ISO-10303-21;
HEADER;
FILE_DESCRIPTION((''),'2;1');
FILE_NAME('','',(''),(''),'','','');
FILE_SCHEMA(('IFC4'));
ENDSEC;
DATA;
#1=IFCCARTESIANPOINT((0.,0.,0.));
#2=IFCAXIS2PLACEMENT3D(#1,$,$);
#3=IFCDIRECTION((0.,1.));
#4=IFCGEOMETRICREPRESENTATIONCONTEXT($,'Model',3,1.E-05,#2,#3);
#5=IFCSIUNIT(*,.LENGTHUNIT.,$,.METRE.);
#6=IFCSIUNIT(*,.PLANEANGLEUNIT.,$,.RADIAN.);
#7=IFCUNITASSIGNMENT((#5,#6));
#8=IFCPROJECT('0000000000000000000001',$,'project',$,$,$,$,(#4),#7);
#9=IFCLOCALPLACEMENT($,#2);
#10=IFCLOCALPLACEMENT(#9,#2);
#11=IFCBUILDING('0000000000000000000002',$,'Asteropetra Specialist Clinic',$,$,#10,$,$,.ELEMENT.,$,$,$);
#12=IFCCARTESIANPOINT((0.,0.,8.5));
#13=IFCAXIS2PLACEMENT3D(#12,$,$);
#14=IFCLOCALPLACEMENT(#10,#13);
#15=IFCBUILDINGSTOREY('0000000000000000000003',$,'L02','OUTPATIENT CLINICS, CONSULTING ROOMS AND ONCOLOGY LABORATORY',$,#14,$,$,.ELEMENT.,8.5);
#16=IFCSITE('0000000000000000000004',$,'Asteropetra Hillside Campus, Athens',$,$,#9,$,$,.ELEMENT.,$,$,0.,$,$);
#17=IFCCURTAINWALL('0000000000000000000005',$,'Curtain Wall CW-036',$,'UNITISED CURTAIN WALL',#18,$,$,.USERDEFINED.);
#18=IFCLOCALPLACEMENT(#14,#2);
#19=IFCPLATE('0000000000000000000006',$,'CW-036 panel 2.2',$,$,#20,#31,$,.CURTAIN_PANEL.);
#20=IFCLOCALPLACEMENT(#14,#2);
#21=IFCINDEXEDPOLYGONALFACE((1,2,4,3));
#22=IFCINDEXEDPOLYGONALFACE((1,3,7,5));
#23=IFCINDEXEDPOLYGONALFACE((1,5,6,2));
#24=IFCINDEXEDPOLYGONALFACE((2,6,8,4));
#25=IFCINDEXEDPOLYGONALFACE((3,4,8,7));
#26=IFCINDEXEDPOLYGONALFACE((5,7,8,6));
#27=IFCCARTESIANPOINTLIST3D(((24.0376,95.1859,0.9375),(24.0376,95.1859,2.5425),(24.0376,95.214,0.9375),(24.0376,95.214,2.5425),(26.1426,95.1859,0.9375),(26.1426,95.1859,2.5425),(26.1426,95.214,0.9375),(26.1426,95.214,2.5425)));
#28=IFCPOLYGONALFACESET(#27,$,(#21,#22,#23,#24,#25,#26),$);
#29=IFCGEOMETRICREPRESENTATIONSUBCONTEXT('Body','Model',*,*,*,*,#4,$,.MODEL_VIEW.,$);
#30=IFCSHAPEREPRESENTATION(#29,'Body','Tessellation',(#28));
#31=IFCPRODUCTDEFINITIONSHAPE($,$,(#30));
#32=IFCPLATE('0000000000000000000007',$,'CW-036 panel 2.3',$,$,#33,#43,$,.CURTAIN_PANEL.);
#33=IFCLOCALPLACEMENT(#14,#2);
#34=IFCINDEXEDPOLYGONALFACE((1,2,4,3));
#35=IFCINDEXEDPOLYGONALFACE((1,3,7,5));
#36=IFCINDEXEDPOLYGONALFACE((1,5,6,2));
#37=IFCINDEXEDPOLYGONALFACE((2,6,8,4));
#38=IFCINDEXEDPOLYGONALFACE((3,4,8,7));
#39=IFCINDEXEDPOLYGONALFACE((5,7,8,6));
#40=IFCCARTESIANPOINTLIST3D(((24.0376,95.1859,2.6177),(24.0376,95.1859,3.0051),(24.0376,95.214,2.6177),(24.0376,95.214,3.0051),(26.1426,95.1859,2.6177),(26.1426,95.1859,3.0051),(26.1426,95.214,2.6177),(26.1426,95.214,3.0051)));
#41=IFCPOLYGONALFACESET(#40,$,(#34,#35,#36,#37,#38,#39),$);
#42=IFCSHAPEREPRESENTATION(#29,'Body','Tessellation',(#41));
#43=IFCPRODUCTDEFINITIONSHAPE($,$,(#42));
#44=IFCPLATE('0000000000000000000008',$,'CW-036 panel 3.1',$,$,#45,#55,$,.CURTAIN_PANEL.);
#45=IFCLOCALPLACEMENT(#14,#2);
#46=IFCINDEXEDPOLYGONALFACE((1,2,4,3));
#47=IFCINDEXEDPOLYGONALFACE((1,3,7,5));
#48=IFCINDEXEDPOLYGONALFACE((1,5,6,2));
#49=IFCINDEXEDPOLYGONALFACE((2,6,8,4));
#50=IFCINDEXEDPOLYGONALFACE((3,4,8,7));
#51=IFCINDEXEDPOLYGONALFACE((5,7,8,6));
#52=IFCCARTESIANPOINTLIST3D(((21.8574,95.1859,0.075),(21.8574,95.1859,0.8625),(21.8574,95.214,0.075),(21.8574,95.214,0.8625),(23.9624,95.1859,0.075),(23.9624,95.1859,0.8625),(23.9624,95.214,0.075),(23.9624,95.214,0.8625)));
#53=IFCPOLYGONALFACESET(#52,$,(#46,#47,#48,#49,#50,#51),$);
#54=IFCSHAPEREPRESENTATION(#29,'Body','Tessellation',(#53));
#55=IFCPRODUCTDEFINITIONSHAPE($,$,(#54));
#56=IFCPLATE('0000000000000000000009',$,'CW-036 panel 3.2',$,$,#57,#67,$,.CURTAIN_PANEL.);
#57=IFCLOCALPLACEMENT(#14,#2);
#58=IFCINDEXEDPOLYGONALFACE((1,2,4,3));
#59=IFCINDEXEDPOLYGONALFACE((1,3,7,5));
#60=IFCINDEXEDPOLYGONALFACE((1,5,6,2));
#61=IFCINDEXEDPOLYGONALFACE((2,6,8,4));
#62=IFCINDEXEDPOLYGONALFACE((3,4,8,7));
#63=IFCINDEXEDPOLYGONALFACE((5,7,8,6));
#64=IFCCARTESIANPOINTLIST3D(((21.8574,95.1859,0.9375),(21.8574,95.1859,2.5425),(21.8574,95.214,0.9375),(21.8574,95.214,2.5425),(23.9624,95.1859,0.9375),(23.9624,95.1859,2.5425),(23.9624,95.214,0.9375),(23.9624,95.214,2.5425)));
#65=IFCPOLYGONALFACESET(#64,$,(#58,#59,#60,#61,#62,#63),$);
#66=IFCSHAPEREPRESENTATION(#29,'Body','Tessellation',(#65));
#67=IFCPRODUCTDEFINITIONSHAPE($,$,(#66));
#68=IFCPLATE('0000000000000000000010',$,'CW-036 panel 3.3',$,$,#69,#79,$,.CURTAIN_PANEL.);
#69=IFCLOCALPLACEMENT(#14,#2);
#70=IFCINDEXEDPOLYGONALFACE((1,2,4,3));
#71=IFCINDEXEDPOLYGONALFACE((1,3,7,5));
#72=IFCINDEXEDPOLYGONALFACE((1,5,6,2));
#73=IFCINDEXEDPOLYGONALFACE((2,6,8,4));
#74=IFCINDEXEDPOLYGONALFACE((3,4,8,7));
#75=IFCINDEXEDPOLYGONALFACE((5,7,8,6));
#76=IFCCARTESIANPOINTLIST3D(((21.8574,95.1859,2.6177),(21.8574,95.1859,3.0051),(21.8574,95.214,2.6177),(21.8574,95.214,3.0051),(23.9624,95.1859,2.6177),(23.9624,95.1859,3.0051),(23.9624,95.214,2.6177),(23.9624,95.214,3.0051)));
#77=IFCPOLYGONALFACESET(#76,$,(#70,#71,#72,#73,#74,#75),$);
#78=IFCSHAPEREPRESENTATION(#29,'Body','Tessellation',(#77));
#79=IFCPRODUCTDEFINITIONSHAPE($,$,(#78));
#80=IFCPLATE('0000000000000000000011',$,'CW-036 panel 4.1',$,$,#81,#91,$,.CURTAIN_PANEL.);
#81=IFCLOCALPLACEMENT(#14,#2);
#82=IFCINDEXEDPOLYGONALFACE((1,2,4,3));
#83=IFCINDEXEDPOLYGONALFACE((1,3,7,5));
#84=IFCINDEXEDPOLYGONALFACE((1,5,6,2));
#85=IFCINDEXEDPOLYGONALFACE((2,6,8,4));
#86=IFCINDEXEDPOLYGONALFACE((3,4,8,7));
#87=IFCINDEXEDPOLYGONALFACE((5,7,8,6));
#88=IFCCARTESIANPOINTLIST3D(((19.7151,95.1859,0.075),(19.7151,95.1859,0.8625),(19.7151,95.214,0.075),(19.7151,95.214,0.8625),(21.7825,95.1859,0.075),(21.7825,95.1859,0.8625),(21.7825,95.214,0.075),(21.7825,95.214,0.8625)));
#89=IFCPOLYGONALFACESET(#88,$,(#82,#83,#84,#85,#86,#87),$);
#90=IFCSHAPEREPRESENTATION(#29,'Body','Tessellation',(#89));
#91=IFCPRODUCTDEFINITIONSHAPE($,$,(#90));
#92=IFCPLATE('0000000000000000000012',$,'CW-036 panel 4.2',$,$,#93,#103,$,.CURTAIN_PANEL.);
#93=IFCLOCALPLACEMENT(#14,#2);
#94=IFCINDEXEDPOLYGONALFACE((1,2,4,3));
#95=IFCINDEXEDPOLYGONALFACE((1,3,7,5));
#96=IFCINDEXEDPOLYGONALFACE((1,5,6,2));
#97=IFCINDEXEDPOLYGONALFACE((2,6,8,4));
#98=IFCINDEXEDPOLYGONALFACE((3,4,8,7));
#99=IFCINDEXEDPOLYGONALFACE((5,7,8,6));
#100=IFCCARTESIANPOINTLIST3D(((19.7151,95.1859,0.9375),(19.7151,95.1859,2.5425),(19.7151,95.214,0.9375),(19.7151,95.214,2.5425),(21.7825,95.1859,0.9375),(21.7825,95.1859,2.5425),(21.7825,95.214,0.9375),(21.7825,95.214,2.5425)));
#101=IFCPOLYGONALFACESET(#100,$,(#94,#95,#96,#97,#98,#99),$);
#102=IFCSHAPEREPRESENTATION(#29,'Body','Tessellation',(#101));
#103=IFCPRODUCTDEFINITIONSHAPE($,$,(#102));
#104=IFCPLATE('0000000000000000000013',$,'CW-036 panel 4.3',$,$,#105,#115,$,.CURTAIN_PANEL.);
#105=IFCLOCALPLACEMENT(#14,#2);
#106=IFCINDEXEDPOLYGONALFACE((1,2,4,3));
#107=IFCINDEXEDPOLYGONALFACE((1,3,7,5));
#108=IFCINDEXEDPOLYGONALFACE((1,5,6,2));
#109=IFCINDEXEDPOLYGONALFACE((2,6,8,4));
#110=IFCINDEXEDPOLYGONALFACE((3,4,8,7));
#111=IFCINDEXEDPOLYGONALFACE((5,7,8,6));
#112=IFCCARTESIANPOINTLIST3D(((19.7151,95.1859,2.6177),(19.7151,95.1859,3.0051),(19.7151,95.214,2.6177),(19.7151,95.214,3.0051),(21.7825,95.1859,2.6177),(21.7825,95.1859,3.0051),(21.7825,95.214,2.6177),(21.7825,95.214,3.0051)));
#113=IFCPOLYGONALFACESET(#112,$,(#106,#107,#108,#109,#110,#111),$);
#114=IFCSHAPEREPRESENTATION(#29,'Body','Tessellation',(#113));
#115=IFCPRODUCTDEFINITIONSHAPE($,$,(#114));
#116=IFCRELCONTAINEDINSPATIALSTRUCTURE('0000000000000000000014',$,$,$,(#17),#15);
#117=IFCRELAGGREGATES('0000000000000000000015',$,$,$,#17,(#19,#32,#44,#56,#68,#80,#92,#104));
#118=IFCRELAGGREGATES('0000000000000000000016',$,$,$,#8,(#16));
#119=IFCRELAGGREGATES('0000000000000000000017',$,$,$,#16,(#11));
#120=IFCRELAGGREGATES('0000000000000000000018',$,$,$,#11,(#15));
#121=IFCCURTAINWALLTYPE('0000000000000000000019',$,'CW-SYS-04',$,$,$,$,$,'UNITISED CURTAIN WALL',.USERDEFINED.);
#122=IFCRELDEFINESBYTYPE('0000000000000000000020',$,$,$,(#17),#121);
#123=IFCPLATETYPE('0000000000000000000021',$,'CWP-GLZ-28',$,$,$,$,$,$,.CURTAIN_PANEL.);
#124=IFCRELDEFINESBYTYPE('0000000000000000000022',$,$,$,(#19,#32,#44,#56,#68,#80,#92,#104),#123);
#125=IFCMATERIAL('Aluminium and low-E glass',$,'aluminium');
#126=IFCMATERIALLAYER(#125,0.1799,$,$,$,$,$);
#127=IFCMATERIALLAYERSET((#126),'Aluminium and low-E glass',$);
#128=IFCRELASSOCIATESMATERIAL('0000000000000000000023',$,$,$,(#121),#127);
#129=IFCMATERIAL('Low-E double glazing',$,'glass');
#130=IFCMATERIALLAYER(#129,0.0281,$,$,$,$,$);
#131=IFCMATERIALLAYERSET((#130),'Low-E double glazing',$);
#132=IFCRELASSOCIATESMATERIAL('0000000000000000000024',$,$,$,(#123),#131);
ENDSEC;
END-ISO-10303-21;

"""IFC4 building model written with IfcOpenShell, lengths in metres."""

from ifc_helpers import new_model, si_unit, direction, frame, origin, origin_2d, place, context, subcontext, project, spatial, rectangle, extrude, material, layer, layer_set, type_object, element, aggregate, save


model = new_model("IFC4")

# Units and contexts
model_context = context("Model", 3, precision=1e-05, world=origin(), true_north=direction((0.0, 1.0)))
body_context = subcontext(model_context, "Body", "Model", "MODEL_VIEW")
ifc_project = project(units=[si_unit("LENGTHUNIT", "METRE"), si_unit("PLANEANGLEUNIT", "RADIAN")], contexts=[model_context])

# Site, building, storey
site_placement = place(None, origin())
site = spatial("IfcSite", under=ifc_project, at=site_placement, Name="Asteropetra Hillside Campus, Athens", CompositionType="ELEMENT", RefElevation=0.0)
building_placement = place(site_placement, origin())
building = spatial("IfcBuilding", under=site, at=building_placement, Name="Asteropetra Specialist Clinic", CompositionType="ELEMENT")
storey_placement = place(building_placement, frame((0.0, 0.0, 8.5)))
storey = spatial("IfcBuildingStorey", under=building, at=storey_placement, Name="L02", Description="OUTPATIENT CLINICS, CONSULTING ROOMS AND ONCOLOGY LABORATORY", CompositionType="ELEMENT", Elevation=8.5)

# Curtain wall, plates
ifc_material_1 = material(Name="Aluminium and low-E glass", Category="aluminium")
ifc_layer_1 = layer(ifc_material_1, 0.1799)
ifc_layer_set_1 = layer_set([ifc_layer_1], Name="Aluminium and low-E glass")
curtain_wall_type = type_object("IfcCurtainWallType", Name="CW-SYS-04", ElementType="UNITISED CURTAIN WALL", PredefinedType="USERDEFINED", material=ifc_layer_set_1)
curtain_wall_placement = place(storey_placement, origin())
curtain_wall = element("IfcCurtainWall", 1, at=curtain_wall_placement, inside=storey, type_object=curtain_wall_type, Name="Curtain Wall CW-036", ObjectType="UNITISED CURTAIN WALL", PredefinedType="USERDEFINED")
ifc_material_2 = material(Name="Low-E double glazing", Category="glass")
ifc_layer_2 = layer(ifc_material_2, 0.0281)
ifc_layer_set_2 = layer_set([ifc_layer_2], Name="Low-E double glazing")
plate_type = type_object("IfcPlateType", Name="CWP-GLZ-28", PredefinedType="CURTAIN_PANEL", material=ifc_layer_set_2)
plate_1_placement = place(storey_placement, frame((25.0901, 95.2, 0.9375), z_axis=(0.0, 0.0, 1.0), x_axis=(-1.0, 0.0, 0.0)))
plate_1 = element("IfcPlate", 2, at=plate_1_placement, type_object=plate_type, Name="CW-036 panel 2.2", PredefinedType="CURTAIN_PANEL", context=body_context, shape_type="SweptSolid", body=[
    extrude(rectangle(XDim=2.105, YDim=0.0281, at=origin_2d()), origin(), (0.0, 0.0, 1.0), 1.605),
])
plate_2_placement = place(storey_placement, frame((25.0901, 95.2, 2.6177), z_axis=(0.0, 0.0, 1.0), x_axis=(-1.0, 0.0, 0.0)))
plate_2 = element("IfcPlate", 3, at=plate_2_placement, type_object=plate_type, Name="CW-036 panel 2.3", PredefinedType="CURTAIN_PANEL", context=body_context, shape_type="SweptSolid", body=[
    extrude(rectangle(XDim=2.105, YDim=0.0281, at=origin_2d()), origin(), (0.0, 0.0, 1.0), 0.3875),
])
plate_3_placement = place(storey_placement, frame((22.9099, 95.2, 0.075), z_axis=(0.0, 0.0, 1.0), x_axis=(-1.0, 0.0, 0.0)))
plate_3 = element("IfcPlate", 4, at=plate_3_placement, type_object=plate_type, Name="CW-036 panel 3.1", PredefinedType="CURTAIN_PANEL", context=body_context, shape_type="SweptSolid", body=[
    extrude(rectangle(XDim=2.105, YDim=0.0281, at=origin_2d()), origin(), (0.0, 0.0, 1.0), 0.7876),
])
plate_4_placement = place(storey_placement, frame((22.9099, 95.2, 0.9375), z_axis=(0.0, 0.0, 1.0), x_axis=(-1.0, 0.0, 0.0)))
plate_4 = element("IfcPlate", 5, at=plate_4_placement, type_object=plate_type, Name="CW-036 panel 3.2", PredefinedType="CURTAIN_PANEL", context=body_context, shape_type="SweptSolid", body=[
    extrude(rectangle(XDim=2.105, YDim=0.0281, at=origin_2d()), origin(), (0.0, 0.0, 1.0), 1.605),
])
plate_5_placement = place(storey_placement, frame((22.9099, 95.2, 2.6177), z_axis=(0.0, 0.0, 1.0), x_axis=(-1.0, 0.0, 0.0)))
plate_5 = element("IfcPlate", 6, at=plate_5_placement, type_object=plate_type, Name="CW-036 panel 3.3", PredefinedType="CURTAIN_PANEL", context=body_context, shape_type="SweptSolid", body=[
    extrude(rectangle(XDim=2.105, YDim=0.0281, at=origin_2d()), origin(), (0.0, 0.0, 1.0), 0.3875),
])
plate_6_placement = place(storey_placement, frame((20.7488, 95.2, 0.075), z_axis=(0.0, 0.0, 1.0), x_axis=(-1.0, 0.0, 0.0)))
plate_6 = element("IfcPlate", 7, at=plate_6_placement, type_object=plate_type, Name="CW-036 panel 4.1", PredefinedType="CURTAIN_PANEL", context=body_context, shape_type="SweptSolid", body=[
    extrude(rectangle(XDim=2.0674, YDim=0.0281, at=origin_2d()), origin(), (0.0, 0.0, 1.0), 0.7876),
])
plate_7_placement = place(storey_placement, frame((20.7488, 95.2, 0.9375), z_axis=(0.0, 0.0, 1.0), x_axis=(-1.0, 0.0, 0.0)))
plate_7 = element("IfcPlate", 8, at=plate_7_placement, type_object=plate_type, Name="CW-036 panel 4.2", PredefinedType="CURTAIN_PANEL", context=body_context, shape_type="SweptSolid", body=[
    extrude(rectangle(XDim=2.0674, YDim=0.0281, at=origin_2d()), origin(), (0.0, 0.0, 1.0), 1.605),
])
plate_8_placement = place(storey_placement, frame((20.7488, 95.2, 2.6177), z_axis=(0.0, 0.0, 1.0), x_axis=(-1.0, 0.0, 0.0)))
plate_8 = element("IfcPlate", 9, at=plate_8_placement, type_object=plate_type, Name="CW-036 panel 4.3", PredefinedType="CURTAIN_PANEL", context=body_context, shape_type="SweptSolid", body=[
    extrude(rectangle(XDim=2.0674, YDim=0.0281, at=origin_2d()), origin(), (0.0, 0.0, 1.0), 0.3875),
])
aggregate(curtain_wall, [plate_1, plate_2, plate_3, plate_4, plate_5, plate_6, plate_7, plate_8])

save(model, "model.ifc")
